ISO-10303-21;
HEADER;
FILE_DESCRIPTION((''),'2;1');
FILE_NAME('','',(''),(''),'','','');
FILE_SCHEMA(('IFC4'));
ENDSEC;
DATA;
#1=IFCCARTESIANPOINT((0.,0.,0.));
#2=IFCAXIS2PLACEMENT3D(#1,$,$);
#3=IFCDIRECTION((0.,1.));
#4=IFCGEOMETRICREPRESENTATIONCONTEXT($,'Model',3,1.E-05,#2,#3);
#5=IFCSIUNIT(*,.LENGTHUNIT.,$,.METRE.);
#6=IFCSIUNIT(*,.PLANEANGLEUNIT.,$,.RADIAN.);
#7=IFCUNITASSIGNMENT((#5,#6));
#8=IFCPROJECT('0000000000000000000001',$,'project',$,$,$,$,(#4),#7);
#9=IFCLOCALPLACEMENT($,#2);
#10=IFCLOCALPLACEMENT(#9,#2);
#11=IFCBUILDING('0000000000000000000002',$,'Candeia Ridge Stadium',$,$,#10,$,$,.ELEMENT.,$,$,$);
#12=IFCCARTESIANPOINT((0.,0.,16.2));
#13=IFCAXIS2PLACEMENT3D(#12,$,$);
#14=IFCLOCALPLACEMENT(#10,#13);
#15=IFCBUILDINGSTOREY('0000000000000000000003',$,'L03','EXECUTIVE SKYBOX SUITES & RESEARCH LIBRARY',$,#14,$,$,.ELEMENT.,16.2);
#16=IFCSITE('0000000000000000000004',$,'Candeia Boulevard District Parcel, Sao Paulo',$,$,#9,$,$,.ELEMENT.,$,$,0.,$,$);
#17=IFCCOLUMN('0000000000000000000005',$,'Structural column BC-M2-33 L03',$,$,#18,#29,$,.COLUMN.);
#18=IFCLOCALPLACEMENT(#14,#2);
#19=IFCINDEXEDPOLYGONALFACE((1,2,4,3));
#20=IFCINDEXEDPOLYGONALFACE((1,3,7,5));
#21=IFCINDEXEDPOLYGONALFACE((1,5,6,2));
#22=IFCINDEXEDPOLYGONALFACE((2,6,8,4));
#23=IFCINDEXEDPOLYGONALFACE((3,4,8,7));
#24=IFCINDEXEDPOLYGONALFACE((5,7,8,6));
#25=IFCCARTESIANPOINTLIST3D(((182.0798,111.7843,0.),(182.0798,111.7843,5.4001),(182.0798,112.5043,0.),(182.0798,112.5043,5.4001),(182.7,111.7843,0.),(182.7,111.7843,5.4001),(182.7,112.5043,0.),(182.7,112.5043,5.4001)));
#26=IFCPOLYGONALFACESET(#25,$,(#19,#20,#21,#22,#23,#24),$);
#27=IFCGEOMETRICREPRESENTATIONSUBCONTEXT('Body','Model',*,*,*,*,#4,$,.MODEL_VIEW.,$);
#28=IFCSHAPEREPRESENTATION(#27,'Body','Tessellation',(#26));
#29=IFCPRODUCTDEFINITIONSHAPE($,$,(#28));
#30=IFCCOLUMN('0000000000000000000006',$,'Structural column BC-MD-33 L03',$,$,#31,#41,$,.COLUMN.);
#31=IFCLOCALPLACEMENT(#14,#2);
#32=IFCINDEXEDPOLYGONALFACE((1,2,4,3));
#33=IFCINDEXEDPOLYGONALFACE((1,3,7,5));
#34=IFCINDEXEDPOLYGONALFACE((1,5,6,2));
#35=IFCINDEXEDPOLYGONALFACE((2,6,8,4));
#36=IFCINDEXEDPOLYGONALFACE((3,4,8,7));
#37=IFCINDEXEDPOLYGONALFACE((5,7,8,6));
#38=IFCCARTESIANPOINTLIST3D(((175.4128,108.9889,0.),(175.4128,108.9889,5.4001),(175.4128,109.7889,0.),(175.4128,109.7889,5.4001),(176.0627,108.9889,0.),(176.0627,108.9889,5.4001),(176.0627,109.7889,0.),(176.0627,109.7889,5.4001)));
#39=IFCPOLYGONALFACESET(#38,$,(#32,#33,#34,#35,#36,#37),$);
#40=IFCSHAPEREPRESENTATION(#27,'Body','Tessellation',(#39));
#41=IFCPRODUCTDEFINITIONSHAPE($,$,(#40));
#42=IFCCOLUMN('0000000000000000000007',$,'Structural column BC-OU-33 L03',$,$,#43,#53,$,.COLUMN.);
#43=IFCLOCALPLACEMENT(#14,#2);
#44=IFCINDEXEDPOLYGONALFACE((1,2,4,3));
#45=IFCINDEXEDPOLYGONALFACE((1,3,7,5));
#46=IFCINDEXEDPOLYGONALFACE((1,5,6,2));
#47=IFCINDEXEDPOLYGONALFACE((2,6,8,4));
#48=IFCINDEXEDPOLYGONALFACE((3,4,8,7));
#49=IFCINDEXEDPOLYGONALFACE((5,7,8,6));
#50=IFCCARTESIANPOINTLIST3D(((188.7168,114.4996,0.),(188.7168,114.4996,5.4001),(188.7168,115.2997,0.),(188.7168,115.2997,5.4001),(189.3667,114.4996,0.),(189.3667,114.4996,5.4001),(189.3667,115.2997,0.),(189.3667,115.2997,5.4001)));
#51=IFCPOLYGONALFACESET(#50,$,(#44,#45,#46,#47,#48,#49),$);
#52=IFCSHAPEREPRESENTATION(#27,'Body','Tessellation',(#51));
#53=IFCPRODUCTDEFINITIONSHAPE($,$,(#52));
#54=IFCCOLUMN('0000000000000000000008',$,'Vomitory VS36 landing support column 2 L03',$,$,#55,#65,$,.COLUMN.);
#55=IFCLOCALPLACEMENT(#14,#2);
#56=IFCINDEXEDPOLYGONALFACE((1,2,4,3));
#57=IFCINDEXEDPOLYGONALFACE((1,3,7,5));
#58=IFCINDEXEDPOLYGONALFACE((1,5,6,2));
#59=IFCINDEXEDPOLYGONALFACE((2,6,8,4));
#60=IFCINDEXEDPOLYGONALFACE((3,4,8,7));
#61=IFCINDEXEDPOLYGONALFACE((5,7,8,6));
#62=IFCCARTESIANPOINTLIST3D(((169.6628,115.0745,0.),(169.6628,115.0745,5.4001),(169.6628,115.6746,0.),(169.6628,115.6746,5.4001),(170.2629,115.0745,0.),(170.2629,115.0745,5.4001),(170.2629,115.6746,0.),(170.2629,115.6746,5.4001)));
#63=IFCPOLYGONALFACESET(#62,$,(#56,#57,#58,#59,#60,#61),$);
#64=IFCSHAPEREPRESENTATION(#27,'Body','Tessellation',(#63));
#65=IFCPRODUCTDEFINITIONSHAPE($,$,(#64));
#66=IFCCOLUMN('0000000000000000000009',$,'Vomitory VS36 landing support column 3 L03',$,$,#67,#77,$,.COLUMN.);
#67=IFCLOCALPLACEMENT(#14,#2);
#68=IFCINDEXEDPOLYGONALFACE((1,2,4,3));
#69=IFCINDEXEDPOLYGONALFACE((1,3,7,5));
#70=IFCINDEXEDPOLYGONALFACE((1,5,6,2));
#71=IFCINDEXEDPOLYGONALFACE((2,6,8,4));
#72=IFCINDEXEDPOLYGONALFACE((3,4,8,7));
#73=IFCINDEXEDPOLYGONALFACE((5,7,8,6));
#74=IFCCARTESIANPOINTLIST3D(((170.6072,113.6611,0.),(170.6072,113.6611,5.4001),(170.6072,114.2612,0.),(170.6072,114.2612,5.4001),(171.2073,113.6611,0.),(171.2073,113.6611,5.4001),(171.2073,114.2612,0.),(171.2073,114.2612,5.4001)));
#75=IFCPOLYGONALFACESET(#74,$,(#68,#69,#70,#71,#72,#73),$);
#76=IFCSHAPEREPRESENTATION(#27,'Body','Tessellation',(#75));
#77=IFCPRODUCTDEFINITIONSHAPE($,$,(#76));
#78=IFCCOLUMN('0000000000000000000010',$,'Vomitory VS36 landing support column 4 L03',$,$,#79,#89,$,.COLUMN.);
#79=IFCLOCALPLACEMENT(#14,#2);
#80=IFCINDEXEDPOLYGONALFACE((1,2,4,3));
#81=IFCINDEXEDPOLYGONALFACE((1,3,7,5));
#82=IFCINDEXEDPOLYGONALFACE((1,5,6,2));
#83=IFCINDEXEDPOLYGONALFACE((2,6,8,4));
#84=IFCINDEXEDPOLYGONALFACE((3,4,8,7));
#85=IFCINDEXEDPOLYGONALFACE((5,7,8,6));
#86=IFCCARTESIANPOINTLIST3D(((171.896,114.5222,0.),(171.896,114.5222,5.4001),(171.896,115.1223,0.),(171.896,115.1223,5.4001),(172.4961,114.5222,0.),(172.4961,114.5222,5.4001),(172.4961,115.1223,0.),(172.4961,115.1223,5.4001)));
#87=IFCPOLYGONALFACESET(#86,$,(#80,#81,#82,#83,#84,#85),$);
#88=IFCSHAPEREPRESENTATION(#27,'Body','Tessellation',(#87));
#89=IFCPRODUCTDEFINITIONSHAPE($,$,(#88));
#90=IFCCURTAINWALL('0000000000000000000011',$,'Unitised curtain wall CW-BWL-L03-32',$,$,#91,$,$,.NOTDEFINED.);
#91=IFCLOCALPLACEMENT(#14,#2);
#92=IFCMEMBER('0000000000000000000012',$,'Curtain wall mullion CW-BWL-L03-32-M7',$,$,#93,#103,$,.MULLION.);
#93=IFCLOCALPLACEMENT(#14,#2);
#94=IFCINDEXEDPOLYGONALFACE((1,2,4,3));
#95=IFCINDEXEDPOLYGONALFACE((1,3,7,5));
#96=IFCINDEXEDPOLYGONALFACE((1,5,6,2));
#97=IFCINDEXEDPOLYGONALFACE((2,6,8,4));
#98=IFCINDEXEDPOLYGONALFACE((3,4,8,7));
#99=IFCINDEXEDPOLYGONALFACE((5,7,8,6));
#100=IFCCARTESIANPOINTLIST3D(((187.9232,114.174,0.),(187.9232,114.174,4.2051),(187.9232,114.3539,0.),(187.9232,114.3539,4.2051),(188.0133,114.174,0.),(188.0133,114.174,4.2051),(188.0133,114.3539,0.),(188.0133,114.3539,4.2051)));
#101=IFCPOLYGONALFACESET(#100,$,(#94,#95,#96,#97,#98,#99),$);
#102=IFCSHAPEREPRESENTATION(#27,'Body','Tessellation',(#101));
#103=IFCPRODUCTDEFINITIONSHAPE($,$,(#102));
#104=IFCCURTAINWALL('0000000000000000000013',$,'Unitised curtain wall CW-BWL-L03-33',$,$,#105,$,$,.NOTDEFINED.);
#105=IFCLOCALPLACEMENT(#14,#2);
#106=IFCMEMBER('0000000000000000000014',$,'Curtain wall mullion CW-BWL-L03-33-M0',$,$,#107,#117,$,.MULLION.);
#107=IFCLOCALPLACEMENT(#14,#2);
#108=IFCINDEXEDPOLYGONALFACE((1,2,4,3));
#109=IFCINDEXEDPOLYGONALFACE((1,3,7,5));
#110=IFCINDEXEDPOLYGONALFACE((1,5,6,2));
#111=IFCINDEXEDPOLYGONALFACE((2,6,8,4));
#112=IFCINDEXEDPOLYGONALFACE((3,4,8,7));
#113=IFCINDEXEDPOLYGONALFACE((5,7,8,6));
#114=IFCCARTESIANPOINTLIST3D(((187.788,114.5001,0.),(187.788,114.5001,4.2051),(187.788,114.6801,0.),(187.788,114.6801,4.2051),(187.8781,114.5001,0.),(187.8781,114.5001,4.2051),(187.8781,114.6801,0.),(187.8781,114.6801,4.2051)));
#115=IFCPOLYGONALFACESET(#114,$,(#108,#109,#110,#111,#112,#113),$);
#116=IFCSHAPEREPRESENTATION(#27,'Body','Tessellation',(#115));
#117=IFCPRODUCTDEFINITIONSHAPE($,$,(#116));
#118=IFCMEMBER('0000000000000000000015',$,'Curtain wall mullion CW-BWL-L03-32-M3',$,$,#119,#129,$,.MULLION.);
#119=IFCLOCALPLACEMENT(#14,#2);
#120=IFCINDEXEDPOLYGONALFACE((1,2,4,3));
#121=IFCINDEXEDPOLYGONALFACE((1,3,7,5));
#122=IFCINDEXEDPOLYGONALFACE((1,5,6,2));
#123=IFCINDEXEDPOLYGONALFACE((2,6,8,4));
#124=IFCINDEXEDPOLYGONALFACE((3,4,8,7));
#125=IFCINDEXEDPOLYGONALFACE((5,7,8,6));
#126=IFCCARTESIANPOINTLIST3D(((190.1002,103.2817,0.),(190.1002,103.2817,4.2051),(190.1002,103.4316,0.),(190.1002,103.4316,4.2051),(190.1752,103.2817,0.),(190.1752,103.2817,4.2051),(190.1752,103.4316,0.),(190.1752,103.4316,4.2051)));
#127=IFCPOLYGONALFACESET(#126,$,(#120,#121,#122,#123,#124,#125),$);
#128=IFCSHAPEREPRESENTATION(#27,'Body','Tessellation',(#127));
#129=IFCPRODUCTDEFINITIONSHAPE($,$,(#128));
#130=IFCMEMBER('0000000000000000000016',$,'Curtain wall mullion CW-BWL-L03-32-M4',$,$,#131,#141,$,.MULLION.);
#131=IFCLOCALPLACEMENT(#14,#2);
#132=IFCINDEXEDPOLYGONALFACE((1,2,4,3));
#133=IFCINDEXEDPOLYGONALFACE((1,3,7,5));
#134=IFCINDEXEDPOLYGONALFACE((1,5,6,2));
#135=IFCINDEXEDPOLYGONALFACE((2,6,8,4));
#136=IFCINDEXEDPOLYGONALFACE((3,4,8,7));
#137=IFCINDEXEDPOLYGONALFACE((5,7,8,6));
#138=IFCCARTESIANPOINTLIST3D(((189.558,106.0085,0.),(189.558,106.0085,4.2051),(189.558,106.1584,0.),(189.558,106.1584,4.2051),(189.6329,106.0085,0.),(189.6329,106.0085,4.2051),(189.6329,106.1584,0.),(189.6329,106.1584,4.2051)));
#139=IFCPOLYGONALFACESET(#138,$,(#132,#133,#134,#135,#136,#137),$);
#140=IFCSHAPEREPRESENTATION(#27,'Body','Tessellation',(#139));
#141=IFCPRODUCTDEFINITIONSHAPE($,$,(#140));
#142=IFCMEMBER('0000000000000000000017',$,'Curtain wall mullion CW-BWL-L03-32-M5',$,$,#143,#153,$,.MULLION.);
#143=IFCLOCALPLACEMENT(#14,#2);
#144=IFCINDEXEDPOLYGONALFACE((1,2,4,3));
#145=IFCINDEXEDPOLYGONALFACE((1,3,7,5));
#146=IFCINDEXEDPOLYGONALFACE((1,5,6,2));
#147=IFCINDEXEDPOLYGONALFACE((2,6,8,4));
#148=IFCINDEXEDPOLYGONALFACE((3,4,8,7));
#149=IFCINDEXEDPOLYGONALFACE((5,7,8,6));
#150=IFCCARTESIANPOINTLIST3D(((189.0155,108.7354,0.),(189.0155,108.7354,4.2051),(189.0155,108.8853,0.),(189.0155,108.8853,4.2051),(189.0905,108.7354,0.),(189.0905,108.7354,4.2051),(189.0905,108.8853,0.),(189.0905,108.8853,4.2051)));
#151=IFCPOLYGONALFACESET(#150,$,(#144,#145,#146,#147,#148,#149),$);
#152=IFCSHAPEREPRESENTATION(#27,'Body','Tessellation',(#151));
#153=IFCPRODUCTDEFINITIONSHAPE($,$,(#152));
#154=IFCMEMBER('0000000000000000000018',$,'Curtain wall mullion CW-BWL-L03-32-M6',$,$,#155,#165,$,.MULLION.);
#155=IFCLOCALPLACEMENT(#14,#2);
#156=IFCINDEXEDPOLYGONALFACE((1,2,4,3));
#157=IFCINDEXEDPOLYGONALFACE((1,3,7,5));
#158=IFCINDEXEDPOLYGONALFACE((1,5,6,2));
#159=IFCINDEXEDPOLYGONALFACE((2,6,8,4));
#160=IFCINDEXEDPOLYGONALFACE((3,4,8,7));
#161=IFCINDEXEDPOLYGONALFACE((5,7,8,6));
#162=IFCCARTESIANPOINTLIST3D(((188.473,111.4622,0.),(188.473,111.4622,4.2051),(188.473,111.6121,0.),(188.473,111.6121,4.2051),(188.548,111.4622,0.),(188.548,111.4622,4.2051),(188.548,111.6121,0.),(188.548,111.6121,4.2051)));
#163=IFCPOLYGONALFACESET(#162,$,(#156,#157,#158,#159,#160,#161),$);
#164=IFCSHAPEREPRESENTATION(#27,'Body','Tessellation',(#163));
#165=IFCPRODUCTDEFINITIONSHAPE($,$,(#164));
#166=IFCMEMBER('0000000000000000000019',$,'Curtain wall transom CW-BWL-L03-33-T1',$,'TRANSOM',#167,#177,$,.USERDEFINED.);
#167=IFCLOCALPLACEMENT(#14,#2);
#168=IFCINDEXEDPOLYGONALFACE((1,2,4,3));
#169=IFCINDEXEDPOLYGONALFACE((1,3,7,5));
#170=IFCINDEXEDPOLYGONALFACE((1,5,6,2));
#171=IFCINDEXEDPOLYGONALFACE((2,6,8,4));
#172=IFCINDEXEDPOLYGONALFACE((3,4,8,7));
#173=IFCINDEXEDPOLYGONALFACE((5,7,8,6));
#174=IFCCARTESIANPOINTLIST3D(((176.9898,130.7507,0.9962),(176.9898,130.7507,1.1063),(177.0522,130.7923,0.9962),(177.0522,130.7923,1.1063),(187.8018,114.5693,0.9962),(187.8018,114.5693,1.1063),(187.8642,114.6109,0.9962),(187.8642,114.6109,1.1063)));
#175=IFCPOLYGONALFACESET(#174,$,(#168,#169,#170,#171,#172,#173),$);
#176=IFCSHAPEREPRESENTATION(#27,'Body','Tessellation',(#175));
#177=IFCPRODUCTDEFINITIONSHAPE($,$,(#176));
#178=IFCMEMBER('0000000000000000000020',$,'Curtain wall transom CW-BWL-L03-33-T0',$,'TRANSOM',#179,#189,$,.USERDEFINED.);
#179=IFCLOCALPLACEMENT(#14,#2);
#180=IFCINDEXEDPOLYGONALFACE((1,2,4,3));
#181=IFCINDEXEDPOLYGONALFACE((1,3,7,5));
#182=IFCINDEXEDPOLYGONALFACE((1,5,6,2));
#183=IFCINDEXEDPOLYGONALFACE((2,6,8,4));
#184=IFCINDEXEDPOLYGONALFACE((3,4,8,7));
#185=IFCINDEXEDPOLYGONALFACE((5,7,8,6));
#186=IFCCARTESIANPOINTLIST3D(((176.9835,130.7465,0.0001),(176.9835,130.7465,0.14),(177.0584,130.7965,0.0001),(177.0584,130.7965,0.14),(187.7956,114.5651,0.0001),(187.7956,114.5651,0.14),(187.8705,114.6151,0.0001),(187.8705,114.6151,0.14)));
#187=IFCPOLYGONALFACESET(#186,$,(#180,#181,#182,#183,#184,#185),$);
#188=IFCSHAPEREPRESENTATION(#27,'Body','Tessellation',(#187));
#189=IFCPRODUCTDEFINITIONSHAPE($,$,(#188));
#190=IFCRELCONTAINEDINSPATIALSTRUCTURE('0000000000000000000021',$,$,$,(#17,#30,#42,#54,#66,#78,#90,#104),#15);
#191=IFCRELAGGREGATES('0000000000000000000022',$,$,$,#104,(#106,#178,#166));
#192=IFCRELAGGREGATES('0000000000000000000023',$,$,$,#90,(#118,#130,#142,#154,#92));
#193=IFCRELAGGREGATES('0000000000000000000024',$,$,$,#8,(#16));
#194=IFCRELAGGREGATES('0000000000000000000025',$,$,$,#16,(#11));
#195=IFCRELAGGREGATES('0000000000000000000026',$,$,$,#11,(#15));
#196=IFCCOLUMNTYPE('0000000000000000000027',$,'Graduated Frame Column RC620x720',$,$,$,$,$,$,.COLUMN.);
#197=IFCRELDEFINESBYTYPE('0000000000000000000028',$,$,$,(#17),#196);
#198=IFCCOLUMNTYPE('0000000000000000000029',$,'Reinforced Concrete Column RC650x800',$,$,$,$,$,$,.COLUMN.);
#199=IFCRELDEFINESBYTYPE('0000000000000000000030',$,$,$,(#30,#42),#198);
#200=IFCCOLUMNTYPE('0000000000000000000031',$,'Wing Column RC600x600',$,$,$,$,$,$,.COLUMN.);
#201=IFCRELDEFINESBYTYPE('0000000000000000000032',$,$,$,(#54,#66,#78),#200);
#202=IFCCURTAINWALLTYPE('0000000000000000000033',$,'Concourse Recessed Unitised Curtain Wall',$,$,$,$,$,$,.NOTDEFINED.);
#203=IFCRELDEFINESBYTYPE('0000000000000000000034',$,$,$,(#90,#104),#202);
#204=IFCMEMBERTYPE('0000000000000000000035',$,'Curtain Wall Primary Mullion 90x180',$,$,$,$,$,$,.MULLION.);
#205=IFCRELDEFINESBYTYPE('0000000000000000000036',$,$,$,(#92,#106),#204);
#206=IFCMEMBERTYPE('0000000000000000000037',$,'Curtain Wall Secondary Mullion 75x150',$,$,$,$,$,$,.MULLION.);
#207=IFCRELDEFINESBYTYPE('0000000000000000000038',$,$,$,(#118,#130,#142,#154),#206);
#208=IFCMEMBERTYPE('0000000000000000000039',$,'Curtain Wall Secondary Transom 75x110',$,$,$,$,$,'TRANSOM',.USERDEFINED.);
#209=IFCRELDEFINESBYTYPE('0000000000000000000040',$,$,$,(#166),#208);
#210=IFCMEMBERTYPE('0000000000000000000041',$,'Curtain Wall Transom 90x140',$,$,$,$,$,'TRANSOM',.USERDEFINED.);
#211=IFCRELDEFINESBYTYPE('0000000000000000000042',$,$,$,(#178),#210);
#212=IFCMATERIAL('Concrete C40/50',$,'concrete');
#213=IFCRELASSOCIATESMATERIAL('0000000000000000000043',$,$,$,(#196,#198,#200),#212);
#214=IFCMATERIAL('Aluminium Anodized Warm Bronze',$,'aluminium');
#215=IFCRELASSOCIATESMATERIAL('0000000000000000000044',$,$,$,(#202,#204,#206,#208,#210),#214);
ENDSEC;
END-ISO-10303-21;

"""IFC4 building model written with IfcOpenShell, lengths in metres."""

from ifc_helpers import new_model, si_unit, direction, frame, origin, origin_2d, place, context, subcontext, project, spatial, rectangle, extrude, material, material_profile, profile_set, type_object, element, aggregate, save


model = new_model("IFC4")

# Units and contexts
model_context = context("Model", 3, precision=1e-05, world=origin(), true_north=direction((0.0, 1.0)))
body_context = subcontext(model_context, "Body", "Model", "MODEL_VIEW")
ifc_project = project(units=[si_unit("LENGTHUNIT", "METRE"), si_unit("PLANEANGLEUNIT", "RADIAN")], contexts=[model_context])

# Site, building, storey
site_placement = place(None, origin())
site = spatial("IfcSite", under=ifc_project, at=site_placement, Name="Candeia Boulevard District Parcel, Sao Paulo", CompositionType="ELEMENT", RefElevation=0.0)
building_placement = place(site_placement, origin())
building = spatial("IfcBuilding", under=site, at=building_placement, Name="Candeia Ridge Stadium", CompositionType="ELEMENT")
storey_placement = place(building_placement, frame((0.0, 0.0, 16.2)))
storey = spatial("IfcBuildingStorey", under=building, at=storey_placement, Name="L03", Description="EXECUTIVE SKYBOX SUITES & RESEARCH LIBRARY", CompositionType="ELEMENT", Elevation=16.2)

# Columns
ifc_material_1 = material(Name="Concrete C40/50", Category="concrete")
ifc_material_profile_1 = material_profile(ifc_material_1, rectangle(XDim=0.6201, YDim=0.72, at=origin_2d()), Name="RC620x720", Category="concrete")
ifc_profile_set_1 = profile_set([ifc_material_profile_1], Name="Concrete C40/50")
column_type_1 = type_object("IfcColumnType", Name="Graduated Frame Column RC620x720", PredefinedType="COLUMN", material=ifc_profile_set_1)
column_placement = place(storey_placement, frame((182.3899, 112.1443, 0.0), z_axis=(0.0, 0.0, 1.0), x_axis=(1.0, 0.0, 0.0)))
element("IfcColumn", 1, at=column_placement, inside=storey, type_object=column_type_1, Name="Structural column BC-M2-33 L03", PredefinedType="COLUMN", context=body_context, shape_type="SweptSolid", body=[
    extrude(rectangle(XDim=0.6201, YDim=0.72, at=origin_2d()), origin(), (0.0, 0.0, 1.0), 5.4001),
])
ifc_material_profile_2 = material_profile(ifc_material_1, rectangle(XDim=0.6499, YDim=0.8, at=origin_2d()), Name="RC650x800", Category="concrete")
ifc_profile_set_2 = profile_set([ifc_material_profile_2], Name="Concrete C40/50")
column_type_2 = type_object("IfcColumnType", Name="Reinforced Concrete Column RC650x800", PredefinedType="COLUMN", material=ifc_profile_set_2)
for number, where, z_axis, x_axis, name in (
    (2, (175.7378, 109.3889, 0.0), (0.0, 0.0, 1.0), (1.0, 0.0, 0.0), "Structural column BC-MD-33 L03"),
    (3, (189.0417, 114.8997, 0.0), (0.0, 0.0, 1.0), (1.0, 0.0, 0.0), "Structural column BC-OU-33 L03"),
):
    element("IfcColumn", number, at=place(storey_placement, frame(where, z_axis=z_axis, x_axis=x_axis)), inside=storey, type_object=column_type_2, Name=name, PredefinedType="COLUMN", context=body_context, shape_type="SweptSolid", body=[
        extrude(rectangle(XDim=0.6499, YDim=0.8, at=origin_2d()), origin(), (0.0, 0.0, 1.0), 5.4001),
    ])
ifc_material_profile_3 = material_profile(ifc_material_1, rectangle(XDim=0.6001, YDim=0.6001, at=origin_2d()), Name="RC600x600", Category="concrete")
ifc_profile_set_3 = profile_set([ifc_material_profile_3], Name="Concrete C40/50")
column_type_3 = type_object("IfcColumnType", Name="Wing Column RC600x600", PredefinedType="COLUMN", material=ifc_profile_set_3)
for number, where, z_axis, x_axis, name in (
    (4, (169.9629, 115.3745, 0.0), (0.0, 0.0, 1.0), (1.0, 0.0, 0.0), "Vomitory VS36 landing support column 2 L03"),
    (5, (170.9072, 113.9612, 0.0), (0.0, 0.0, 1.0), (1.0, 0.0, 0.0), "Vomitory VS36 landing support column 3 L03"),
    (6, (172.196, 114.8223, 0.0), (0.0, 0.0, 1.0), (1.0, 0.0, 0.0), "Vomitory VS36 landing support column 4 L03"),
):
    element("IfcColumn", number, at=place(storey_placement, frame(where, z_axis=z_axis, x_axis=x_axis)), inside=storey, type_object=column_type_3, Name=name, PredefinedType="COLUMN", context=body_context, shape_type="SweptSolid", body=[
        extrude(rectangle(XDim=0.6001, YDim=0.6001, at=origin_2d()), origin(), (0.0, 0.0, 1.0), 5.4001),
    ])

# Curtain walls, members
ifc_material_2 = material(Name="Aluminium Anodized Warm Bronze", Category="aluminium")
curtain_wall_type = type_object("IfcCurtainWallType", Name="Concourse Recessed Unitised Curtain Wall", PredefinedType="NOTDEFINED", material=ifc_material_2)
curtain_wall_1_placement = place(storey_placement, origin())
curtain_wall_1 = element("IfcCurtainWall", 7, at=curtain_wall_1_placement, inside=storey, type_object=curtain_wall_type, Name="Unitised curtain wall CW-BWL-L03-32", PredefinedType="NOTDEFINED")
ifc_material_profile_4 = material_profile(ifc_material_2, rectangle(XDim=0.0901, YDim=0.1799, at=origin_2d()), Name="CWM-90x180", Category="aluminium")
ifc_profile_set_4 = profile_set([ifc_material_profile_4], Name="Aluminium Anodized Warm Bronze")
member_type_1 = type_object("IfcMemberType", Name="Curtain Wall Primary Mullion 90x180", PredefinedType="MULLION", material=ifc_profile_set_4)
member_1_placement = place(storey_placement, frame((187.9683, 114.2639, 0.0), z_axis=(0.0, 0.0, 1.0), x_axis=(1.0, 0.0, 0.0)))
member_1 = element("IfcMember", 8, at=member_1_placement, type_object=member_type_1, Name="Curtain wall mullion CW-BWL-L03-32-M7", PredefinedType="MULLION", context=body_context, shape_type="SweptSolid", body=[
    extrude(rectangle(XDim=0.0901, YDim=0.1799, at=origin_2d()), origin(), (0.0, 0.0, 1.0), 4.2051),
])
curtain_wall_2_placement = place(storey_placement, origin())
curtain_wall_2 = element("IfcCurtainWall", 9, at=curtain_wall_2_placement, inside=storey, type_object=curtain_wall_type, Name="Unitised curtain wall CW-BWL-L03-33", PredefinedType="NOTDEFINED")
member_2_placement = place(storey_placement, frame((187.833, 114.5901, 0.0), z_axis=(0.0, 0.0, 1.0), x_axis=(1.0, 0.0, 0.0)))
member_2 = element("IfcMember", 10, at=member_2_placement, type_object=member_type_1, Name="Curtain wall mullion CW-BWL-L03-33-M0", PredefinedType="MULLION", context=body_context, shape_type="SweptSolid", body=[
    extrude(rectangle(XDim=0.0901, YDim=0.1799, at=origin_2d()), origin(), (0.0, 0.0, 1.0), 4.2051),
])

# Members
ifc_material_profile_5 = material_profile(ifc_material_2, rectangle(XDim=0.075, YDim=0.1499, at=origin_2d()), Name="CWM-75x150", Category="aluminium")
ifc_profile_set_5 = profile_set([ifc_material_profile_5], Name="Aluminium Anodized Warm Bronze")
member_type_2 = type_object("IfcMemberType", Name="Curtain Wall Secondary Mullion 75x150", PredefinedType="MULLION", material=ifc_profile_set_5)
member_3_placement = place(storey_placement, frame((190.1377, 103.3567, 0.0), z_axis=(0.0, 0.0, 1.0), x_axis=(1.0, 0.0, 0.0)))
member_3 = element("IfcMember", 11, at=member_3_placement, type_object=member_type_2, Name="Curtain wall mullion CW-BWL-L03-32-M3", PredefinedType="MULLION", context=body_context, shape_type="SweptSolid", body=[
    extrude(rectangle(XDim=0.075, YDim=0.1499, at=origin_2d()), origin(), (0.0, 0.0, 1.0), 4.2051),
])
member_4_placement = place(storey_placement, frame((189.5955, 106.0835, 0.0), z_axis=(0.0, 0.0, 1.0), x_axis=(1.0, 0.0, 0.0)))
member_4 = element("IfcMember", 12, at=member_4_placement, type_object=member_type_2, Name="Curtain wall mullion CW-BWL-L03-32-M4", PredefinedType="MULLION", context=body_context, shape_type="SweptSolid", body=[
    extrude(rectangle(XDim=0.075, YDim=0.1499, at=origin_2d()), origin(), (0.0, 0.0, 1.0), 4.2051),
])
member_5_placement = place(storey_placement, frame((189.053, 108.8103, 0.0), z_axis=(0.0, 0.0, 1.0), x_axis=(1.0, 0.0, 0.0)))
member_5 = element("IfcMember", 13, at=member_5_placement, type_object=member_type_2, Name="Curtain wall mullion CW-BWL-L03-32-M5", PredefinedType="MULLION", context=body_context, shape_type="SweptSolid", body=[
    extrude(rectangle(XDim=0.075, YDim=0.1499, at=origin_2d()), origin(), (0.0, 0.0, 1.0), 4.2051),
])
member_6_placement = place(storey_placement, frame((188.5105, 111.5371, 0.0), z_axis=(0.0, 0.0, 1.0), x_axis=(1.0, 0.0, 0.0)))
member_6 = element("IfcMember", 14, at=member_6_placement, type_object=member_type_2, Name="Curtain wall mullion CW-BWL-L03-32-M6", PredefinedType="MULLION", context=body_context, shape_type="SweptSolid", body=[
    extrude(rectangle(XDim=0.075, YDim=0.1499, at=origin_2d()), origin(), (0.0, 0.0, 1.0), 4.2051),
])
ifc_material_profile_6 = material_profile(ifc_material_2, rectangle(XDim=0.075, YDim=0.1101, at=origin_2d()), Name="CWT-75x110", Category="aluminium")
ifc_profile_set_6 = profile_set([ifc_material_profile_6], Name="Aluminium Anodized Warm Bronze")
member_type_3 = type_object("IfcMemberType", Name="Curtain Wall Secondary Transom 75x110", ElementType="TRANSOM", PredefinedType="USERDEFINED", material=ifc_profile_set_6)
member_7_placement = place(storey_placement, frame((187.833, 114.5901, 1.0513), z_axis=(-0.555568, 0.831471, 0.0), x_axis=(-0.831471, -0.555568, 0.0)))
member_7 = element("IfcMember", 15, at=member_7_placement, type_object=member_type_3, Name="Curtain wall transom CW-BWL-L03-33-T1", ObjectType="TRANSOM", PredefinedType="USERDEFINED", context=body_context, shape_type="SweptSolid", body=[
    extrude(rectangle(XDim=0.075, YDim=0.1101, at=origin_2d()), origin(), (0.0, 0.0, 1.0), 19.4612),
])
ifc_material_profile_7 = material_profile(ifc_material_2, rectangle(XDim=0.0901, YDim=0.1399, at=origin_2d()), Name="CWT-90x140", Category="aluminium")
ifc_profile_set_7 = profile_set([ifc_material_profile_7], Name="Aluminium Anodized Warm Bronze")
member_type_4 = type_object("IfcMemberType", Name="Curtain Wall Transom 90x140", ElementType="TRANSOM", PredefinedType="USERDEFINED", material=ifc_profile_set_7)
member_8_placement = place(storey_placement, frame((187.833, 114.5901, 0.0701), z_axis=(-0.555568, 0.831471, 0.0), x_axis=(-0.831471, -0.555568, 0.0)))
member_8 = element("IfcMember", 16, at=member_8_placement, type_object=member_type_4, Name="Curtain wall transom CW-BWL-L03-33-T0", ObjectType="TRANSOM", PredefinedType="USERDEFINED", context=body_context, shape_type="SweptSolid", body=[
    extrude(rectangle(XDim=0.0901, YDim=0.1399, at=origin_2d()), origin(), (0.0, 0.0, 1.0), 19.4612),
])

aggregate(curtain_wall_2, [member_2, member_8, member_7])
aggregate(curtain_wall_1, [member_3, member_4, member_5, member_6, member_1])

save(model, "model.ifc")
